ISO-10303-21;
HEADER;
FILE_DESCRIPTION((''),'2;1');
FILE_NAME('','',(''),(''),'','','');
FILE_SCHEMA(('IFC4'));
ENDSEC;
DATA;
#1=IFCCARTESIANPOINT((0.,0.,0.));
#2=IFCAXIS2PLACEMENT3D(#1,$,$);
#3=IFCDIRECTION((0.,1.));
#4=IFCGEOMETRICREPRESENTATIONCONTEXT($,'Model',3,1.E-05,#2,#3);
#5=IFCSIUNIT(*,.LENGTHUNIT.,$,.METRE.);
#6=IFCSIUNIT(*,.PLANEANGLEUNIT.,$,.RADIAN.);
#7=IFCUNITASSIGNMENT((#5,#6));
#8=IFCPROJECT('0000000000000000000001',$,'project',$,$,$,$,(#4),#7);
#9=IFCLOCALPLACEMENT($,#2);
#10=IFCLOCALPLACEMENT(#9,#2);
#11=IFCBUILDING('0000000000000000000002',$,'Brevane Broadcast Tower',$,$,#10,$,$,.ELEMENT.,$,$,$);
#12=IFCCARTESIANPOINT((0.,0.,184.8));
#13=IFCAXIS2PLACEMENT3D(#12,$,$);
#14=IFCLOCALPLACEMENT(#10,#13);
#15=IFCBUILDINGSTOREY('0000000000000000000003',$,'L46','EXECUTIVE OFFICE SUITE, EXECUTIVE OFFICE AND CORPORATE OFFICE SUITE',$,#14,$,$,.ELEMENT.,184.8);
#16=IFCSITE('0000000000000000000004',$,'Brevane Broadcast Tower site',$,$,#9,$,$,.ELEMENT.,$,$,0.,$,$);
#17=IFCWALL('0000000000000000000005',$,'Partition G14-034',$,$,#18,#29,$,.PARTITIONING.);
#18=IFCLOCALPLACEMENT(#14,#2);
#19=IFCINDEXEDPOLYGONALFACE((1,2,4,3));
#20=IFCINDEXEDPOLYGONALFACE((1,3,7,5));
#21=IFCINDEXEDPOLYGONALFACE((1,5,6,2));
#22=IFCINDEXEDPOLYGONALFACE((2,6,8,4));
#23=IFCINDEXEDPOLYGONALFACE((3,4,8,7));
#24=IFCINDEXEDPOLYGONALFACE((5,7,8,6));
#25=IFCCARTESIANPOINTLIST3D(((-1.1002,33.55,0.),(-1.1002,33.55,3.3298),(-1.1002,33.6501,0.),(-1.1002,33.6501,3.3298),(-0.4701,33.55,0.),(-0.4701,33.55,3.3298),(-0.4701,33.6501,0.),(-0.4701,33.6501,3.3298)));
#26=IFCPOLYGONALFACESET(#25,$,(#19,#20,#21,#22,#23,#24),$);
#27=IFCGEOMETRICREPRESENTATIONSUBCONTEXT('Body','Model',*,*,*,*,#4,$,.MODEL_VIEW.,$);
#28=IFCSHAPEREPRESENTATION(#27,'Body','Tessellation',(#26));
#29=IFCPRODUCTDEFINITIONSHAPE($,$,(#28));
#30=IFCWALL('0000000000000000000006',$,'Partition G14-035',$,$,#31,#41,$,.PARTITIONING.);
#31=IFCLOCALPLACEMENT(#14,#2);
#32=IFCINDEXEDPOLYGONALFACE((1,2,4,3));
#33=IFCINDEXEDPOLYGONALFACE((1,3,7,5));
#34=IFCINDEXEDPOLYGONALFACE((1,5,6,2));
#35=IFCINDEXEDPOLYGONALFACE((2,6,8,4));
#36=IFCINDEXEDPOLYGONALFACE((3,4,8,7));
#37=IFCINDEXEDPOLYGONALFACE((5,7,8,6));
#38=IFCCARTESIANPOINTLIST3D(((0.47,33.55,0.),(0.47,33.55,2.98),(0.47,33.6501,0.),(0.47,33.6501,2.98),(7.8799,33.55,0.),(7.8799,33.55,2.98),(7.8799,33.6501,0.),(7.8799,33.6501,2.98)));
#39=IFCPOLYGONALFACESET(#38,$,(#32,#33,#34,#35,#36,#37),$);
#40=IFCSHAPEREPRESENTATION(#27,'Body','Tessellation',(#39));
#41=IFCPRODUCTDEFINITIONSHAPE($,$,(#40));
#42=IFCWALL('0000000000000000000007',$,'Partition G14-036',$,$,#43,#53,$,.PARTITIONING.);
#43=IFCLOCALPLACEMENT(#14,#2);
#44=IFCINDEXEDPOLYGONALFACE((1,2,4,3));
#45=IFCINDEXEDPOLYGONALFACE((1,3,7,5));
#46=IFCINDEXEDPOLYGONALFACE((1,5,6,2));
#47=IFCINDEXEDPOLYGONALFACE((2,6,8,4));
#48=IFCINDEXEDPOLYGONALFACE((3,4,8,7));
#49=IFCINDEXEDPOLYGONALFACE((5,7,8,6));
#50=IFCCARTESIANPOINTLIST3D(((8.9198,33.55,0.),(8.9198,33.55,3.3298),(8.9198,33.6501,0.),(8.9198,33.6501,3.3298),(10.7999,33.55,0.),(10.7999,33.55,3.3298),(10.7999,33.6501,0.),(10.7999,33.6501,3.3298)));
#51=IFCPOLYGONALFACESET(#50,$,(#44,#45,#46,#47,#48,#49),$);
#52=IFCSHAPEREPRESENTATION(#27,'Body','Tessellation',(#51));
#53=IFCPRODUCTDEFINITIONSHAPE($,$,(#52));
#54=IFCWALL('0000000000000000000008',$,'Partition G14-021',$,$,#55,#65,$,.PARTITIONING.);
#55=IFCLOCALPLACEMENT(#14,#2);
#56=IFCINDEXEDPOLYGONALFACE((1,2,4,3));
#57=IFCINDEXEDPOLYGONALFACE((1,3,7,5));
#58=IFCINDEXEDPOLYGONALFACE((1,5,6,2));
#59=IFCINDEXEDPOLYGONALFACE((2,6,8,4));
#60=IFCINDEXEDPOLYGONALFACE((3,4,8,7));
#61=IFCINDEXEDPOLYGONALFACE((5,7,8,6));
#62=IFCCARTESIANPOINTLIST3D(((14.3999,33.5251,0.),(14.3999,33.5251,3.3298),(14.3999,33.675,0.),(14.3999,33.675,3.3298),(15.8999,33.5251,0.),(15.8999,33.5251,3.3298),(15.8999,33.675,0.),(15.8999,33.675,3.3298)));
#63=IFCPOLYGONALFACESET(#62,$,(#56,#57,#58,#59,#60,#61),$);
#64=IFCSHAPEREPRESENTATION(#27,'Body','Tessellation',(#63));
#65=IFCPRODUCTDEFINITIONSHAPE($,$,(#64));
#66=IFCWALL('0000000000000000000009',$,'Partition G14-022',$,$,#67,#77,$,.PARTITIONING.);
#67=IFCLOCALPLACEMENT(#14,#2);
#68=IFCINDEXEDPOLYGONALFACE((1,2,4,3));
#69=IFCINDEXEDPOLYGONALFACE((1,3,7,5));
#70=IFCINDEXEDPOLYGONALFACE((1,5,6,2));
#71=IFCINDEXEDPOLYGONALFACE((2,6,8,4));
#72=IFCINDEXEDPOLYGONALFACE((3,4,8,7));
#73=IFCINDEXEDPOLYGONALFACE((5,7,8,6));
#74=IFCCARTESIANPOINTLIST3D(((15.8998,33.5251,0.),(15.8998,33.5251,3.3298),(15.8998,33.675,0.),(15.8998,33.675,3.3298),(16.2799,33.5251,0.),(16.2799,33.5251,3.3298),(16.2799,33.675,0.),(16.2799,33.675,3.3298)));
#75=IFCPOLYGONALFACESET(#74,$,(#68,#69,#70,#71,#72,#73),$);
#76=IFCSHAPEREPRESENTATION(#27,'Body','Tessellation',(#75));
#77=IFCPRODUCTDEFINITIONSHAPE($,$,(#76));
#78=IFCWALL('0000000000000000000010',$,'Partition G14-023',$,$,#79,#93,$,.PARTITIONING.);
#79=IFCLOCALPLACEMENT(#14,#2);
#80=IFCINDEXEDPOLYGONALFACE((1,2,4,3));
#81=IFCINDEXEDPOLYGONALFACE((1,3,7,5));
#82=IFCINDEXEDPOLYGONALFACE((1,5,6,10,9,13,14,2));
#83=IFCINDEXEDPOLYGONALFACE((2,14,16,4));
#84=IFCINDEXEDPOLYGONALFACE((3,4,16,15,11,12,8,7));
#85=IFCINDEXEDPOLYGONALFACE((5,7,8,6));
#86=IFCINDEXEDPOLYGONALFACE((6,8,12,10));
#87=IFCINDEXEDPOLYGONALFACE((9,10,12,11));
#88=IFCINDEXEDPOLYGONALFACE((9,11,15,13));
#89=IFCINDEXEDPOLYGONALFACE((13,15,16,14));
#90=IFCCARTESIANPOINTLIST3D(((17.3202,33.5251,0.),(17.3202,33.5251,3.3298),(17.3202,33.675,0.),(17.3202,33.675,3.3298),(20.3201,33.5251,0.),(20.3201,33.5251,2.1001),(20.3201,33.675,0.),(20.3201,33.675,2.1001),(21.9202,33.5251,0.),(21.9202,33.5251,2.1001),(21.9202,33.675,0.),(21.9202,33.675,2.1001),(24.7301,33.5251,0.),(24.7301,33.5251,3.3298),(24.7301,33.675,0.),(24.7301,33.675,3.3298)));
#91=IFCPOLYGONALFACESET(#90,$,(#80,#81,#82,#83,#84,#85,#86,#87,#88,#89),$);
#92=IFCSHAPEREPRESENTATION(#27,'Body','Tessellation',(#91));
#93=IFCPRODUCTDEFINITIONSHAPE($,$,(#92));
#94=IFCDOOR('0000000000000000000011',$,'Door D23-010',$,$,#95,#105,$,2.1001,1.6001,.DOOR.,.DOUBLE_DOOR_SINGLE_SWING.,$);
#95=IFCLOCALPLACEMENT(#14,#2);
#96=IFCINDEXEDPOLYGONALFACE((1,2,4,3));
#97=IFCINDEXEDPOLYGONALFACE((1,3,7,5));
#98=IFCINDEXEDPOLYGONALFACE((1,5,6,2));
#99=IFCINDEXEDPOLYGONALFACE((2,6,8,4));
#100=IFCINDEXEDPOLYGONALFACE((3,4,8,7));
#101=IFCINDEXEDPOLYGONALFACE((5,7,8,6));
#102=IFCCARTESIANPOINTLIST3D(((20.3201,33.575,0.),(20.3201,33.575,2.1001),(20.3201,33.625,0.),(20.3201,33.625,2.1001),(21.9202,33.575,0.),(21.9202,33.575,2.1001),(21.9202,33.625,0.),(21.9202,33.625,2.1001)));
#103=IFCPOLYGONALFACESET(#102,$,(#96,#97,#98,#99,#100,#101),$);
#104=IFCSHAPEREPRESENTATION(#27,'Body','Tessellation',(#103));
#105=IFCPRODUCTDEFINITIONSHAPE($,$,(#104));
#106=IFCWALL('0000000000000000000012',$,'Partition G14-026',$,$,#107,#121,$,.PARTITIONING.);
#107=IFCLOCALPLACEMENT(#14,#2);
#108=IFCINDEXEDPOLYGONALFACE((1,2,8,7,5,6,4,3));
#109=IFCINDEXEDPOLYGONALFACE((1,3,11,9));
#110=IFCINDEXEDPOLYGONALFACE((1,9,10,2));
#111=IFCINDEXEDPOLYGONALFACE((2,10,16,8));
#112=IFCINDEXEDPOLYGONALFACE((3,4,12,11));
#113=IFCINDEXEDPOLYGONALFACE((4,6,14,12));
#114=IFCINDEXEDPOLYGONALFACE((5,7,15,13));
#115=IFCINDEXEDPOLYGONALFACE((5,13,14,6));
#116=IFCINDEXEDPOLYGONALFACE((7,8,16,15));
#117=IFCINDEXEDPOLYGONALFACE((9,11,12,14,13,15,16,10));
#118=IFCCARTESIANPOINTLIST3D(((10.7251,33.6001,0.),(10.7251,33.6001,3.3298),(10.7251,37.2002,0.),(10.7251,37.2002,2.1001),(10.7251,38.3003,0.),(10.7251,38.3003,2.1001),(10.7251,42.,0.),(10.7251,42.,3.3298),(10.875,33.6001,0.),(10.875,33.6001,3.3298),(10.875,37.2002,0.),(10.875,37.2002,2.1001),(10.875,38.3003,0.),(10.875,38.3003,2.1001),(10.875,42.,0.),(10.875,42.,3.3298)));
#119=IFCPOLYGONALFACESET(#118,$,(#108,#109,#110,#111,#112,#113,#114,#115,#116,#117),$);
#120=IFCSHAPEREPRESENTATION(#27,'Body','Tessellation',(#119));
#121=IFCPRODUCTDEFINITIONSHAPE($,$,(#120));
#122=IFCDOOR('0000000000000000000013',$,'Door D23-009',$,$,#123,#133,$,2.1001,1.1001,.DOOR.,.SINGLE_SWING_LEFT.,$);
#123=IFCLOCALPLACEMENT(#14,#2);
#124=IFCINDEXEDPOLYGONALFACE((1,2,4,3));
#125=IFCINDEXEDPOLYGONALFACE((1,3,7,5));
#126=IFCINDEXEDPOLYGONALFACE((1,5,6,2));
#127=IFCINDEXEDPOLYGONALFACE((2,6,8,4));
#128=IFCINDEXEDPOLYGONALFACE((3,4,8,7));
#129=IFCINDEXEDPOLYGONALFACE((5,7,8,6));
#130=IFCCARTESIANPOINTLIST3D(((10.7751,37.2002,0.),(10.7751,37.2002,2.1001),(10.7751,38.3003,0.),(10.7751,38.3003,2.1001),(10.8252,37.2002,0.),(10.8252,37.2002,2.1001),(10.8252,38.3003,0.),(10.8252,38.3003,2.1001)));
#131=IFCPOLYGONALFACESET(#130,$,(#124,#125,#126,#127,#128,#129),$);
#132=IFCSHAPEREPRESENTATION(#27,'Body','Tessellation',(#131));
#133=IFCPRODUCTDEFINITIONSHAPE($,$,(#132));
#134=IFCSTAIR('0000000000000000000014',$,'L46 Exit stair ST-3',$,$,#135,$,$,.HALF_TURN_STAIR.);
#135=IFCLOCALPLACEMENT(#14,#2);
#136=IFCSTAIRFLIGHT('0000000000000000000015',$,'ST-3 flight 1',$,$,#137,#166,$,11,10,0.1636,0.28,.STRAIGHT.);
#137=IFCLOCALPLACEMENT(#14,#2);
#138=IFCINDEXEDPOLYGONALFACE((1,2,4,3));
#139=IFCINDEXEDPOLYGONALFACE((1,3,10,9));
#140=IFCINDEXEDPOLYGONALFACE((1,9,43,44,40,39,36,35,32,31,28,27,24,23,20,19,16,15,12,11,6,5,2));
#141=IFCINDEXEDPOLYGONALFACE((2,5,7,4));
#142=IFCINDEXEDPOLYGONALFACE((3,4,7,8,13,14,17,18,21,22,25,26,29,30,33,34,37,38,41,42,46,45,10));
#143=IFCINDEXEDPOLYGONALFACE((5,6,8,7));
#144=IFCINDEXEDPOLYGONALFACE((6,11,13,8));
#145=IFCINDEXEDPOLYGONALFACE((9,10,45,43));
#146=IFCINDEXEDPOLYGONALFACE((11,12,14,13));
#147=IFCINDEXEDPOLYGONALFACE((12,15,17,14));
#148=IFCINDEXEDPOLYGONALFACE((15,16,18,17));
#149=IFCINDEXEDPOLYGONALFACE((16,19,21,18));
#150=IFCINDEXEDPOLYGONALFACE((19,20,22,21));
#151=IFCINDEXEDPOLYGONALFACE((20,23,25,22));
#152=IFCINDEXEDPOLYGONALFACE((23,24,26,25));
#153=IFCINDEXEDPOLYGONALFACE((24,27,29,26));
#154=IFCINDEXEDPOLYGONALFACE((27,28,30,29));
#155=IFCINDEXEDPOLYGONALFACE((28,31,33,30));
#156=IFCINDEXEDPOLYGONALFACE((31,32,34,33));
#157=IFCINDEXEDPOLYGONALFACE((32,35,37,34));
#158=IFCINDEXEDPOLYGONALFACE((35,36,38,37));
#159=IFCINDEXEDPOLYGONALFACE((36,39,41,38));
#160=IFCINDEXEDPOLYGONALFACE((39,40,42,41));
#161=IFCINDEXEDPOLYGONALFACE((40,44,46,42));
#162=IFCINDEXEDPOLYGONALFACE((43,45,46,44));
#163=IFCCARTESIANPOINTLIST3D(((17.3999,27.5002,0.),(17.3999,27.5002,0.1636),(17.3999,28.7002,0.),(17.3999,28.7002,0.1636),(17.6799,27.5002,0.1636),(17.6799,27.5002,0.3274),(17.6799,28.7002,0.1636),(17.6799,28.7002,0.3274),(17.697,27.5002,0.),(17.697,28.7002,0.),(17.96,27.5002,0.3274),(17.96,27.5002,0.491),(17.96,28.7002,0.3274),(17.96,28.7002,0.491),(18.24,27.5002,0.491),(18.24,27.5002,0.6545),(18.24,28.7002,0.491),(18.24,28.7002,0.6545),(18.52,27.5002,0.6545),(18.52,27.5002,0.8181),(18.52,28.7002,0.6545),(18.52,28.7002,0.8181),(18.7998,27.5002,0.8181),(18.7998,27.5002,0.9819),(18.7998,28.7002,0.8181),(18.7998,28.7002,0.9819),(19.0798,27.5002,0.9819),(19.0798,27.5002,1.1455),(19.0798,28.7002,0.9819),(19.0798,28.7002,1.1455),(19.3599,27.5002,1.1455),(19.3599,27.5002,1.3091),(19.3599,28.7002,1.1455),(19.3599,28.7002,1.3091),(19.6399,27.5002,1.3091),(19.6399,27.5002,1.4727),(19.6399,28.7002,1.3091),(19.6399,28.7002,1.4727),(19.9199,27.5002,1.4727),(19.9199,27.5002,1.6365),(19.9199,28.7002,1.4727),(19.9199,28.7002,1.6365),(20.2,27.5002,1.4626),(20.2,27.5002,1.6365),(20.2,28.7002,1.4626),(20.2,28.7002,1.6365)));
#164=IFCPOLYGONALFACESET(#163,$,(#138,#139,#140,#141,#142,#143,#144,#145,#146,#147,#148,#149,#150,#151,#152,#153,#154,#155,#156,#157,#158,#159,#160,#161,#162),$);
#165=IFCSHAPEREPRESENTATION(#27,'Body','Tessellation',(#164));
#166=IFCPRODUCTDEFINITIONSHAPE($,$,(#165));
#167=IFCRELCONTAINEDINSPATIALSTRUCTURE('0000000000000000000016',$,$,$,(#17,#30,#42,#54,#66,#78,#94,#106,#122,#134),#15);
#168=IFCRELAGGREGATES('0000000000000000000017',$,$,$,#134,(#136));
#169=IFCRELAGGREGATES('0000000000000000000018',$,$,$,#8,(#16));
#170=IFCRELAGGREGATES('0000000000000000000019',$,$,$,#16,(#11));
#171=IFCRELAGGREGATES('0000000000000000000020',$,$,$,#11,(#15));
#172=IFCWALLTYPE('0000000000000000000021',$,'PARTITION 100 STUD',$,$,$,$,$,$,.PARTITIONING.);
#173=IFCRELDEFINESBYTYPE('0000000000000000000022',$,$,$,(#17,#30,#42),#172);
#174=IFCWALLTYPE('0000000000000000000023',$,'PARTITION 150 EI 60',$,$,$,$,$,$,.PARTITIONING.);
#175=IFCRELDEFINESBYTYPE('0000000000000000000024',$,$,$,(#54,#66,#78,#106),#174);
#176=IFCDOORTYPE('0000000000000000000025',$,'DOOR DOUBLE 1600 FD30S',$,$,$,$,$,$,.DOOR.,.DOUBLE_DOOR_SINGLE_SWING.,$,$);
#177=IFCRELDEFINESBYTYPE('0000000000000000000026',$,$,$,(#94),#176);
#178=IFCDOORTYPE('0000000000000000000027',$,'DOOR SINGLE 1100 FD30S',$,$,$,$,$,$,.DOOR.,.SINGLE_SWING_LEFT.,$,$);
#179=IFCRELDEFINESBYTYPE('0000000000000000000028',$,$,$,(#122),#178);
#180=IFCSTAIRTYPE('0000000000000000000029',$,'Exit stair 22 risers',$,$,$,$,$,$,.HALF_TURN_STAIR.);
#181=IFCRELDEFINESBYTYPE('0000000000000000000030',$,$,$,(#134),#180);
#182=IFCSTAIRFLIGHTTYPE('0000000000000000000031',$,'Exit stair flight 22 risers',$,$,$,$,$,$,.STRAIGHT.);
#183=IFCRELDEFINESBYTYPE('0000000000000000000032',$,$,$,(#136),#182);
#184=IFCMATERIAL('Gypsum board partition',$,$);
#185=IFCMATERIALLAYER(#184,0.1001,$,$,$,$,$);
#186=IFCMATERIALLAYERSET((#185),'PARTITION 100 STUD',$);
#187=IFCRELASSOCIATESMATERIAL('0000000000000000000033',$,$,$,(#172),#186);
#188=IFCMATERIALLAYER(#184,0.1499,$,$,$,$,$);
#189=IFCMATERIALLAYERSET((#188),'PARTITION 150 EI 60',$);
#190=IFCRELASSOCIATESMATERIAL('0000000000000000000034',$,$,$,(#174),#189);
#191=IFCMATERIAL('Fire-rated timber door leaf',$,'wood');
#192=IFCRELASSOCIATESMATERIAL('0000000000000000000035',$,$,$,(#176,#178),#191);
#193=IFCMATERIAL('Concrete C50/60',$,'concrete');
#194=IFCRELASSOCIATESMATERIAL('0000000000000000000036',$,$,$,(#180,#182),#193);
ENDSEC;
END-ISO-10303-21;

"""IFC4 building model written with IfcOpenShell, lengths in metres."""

from ifc_helpers import new_model, si_unit, direction, frame, frame_2d, origin, place, context, subcontext, project, spatial, polyline, rectangle, outline, extrude, material, layer, layer_set, type_object, element, fill, aggregate, save


model = new_model("IFC4")

# Units and contexts
model_context = context("Model", 3, precision=1e-05, world=origin(), true_north=direction((0.0, 1.0)))
body_context = subcontext(model_context, "Body", "Model", "MODEL_VIEW")
ifc_project = project(units=[si_unit("LENGTHUNIT", "METRE"), si_unit("PLANEANGLEUNIT", "RADIAN")], contexts=[model_context])

# Site, building, storey
site_placement = place(None, origin())
site = spatial("IfcSite", under=ifc_project, at=site_placement, Name="Brevane Broadcast Tower site", CompositionType="ELEMENT", RefElevation=0.0)
building_placement = place(site_placement, origin())
building = spatial("IfcBuilding", under=site, at=building_placement, Name="Brevane Broadcast Tower", CompositionType="ELEMENT")
storey_placement = place(building_placement, frame((0.0, 0.0, 184.8)))
storey = spatial("IfcBuildingStorey", under=building, at=storey_placement, Name="L46", Description="EXECUTIVE OFFICE SUITE, EXECUTIVE OFFICE AND CORPORATE OFFICE SUITE", CompositionType="ELEMENT", Elevation=184.8)

# Walls
ifc_material_1 = material(Name="Gypsum board partition")
ifc_layer_1 = layer(ifc_material_1, 0.1001)
ifc_layer_set_1 = layer_set([ifc_layer_1], Name="PARTITION 100 STUD")
wall_type_1 = type_object("IfcWallType", Name="PARTITION 100 STUD", PredefinedType="PARTITIONING", material=ifc_layer_set_1)
wall_1_placement = place(storey_placement, frame((-1.1001, 33.6001, 0.0), z_axis=(0.0, 0.0, 1.0), x_axis=(1.0, 0.0, 0.0)))
element("IfcWall", 1, at=wall_1_placement, inside=storey, type_object=wall_type_1, Name="Partition G14-034", PredefinedType="PARTITIONING", context=body_context, shape_type="SweptSolid", body=[
    extrude(rectangle(XDim=0.6301, YDim=0.1001, at=frame_2d((0.3149, 0.0))), origin(), (0.0, 0.0, 1.0), 3.3298),
])
wall_2_placement = place(storey_placement, frame((0.47, 33.6001, 0.0), z_axis=(0.0, 0.0, 1.0), x_axis=(1.0, 0.0, 0.0)))
element("IfcWall", 2, at=wall_2_placement, inside=storey, type_object=wall_type_1, Name="Partition G14-035", PredefinedType="PARTITIONING", context=body_context, shape_type="SweptSolid", body=[
    extrude(outline(polyline([(0.0, 0.0), (7.4099, 0.0), (7.4099, 2.98), (0.0, 2.98), (0.0, 0.0)])), frame((0.0, 0.05, 0.0), z_axis=(0.0, -1.0, 0.0), x_axis=(1.0, 0.0, 0.0)), (0.0, 0.0, 1.0), 0.1001),
])
wall_3_placement = place(storey_placement, frame((8.9199, 33.6001, 0.0), z_axis=(0.0, 0.0, 1.0), x_axis=(1.0, 0.0, 0.0)))
element("IfcWall", 3, at=wall_3_placement, inside=storey, type_object=wall_type_1, Name="Partition G14-036", PredefinedType="PARTITIONING", context=body_context, shape_type="SweptSolid", body=[
    extrude(rectangle(XDim=1.8801, YDim=0.1001, at=frame_2d((0.9399, 0.0))), origin(), (0.0, 0.0, 1.0), 3.3298),
])
ifc_layer_2 = layer(ifc_material_1, 0.1499)
ifc_layer_set_2 = layer_set([ifc_layer_2], Name="PARTITION 150 EI 60")
wall_type_2 = type_object("IfcWallType", Name="PARTITION 150 EI 60", PredefinedType="PARTITIONING", material=ifc_layer_set_2)
wall_4_placement = place(storey_placement, frame((14.3999, 33.6001, 0.0), z_axis=(0.0, 0.0, 1.0), x_axis=(1.0, 0.0, 0.0)))
element("IfcWall", 4, at=wall_4_placement, inside=storey, type_object=wall_type_2, Name="Partition G14-021", PredefinedType="PARTITIONING", context=body_context, shape_type="SweptSolid", body=[
    extrude(rectangle(XDim=1.5, YDim=0.1499, at=frame_2d((0.75, 0.0))), origin(), (0.0, 0.0, 1.0), 3.3298),
])
wall_5_placement = place(storey_placement, frame((15.8999, 33.6001, 0.0), z_axis=(0.0, 0.0, 1.0), x_axis=(1.0, 0.0, 0.0)))
element("IfcWall", 5, at=wall_5_placement, inside=storey, type_object=wall_type_2, Name="Partition G14-022", PredefinedType="PARTITIONING", context=body_context, shape_type="SweptSolid", body=[
    extrude(rectangle(XDim=0.3801, YDim=0.1499, at=frame_2d((0.1899, 0.0))), origin(), (0.0, 0.0, 1.0), 3.3298),
])

# Walls, openings, doors
wall_6_placement = place(storey_placement, frame((17.3201, 33.6001, 0.0), z_axis=(0.0, 0.0, 1.0), x_axis=(1.0, 0.0, 0.0)))
wall_6 = element("IfcWall", 6, at=wall_6_placement, inside=storey, type_object=wall_type_2, Name="Partition G14-023", PredefinedType="PARTITIONING", context=body_context, shape_type="SweptSolid", body=[
    extrude(rectangle(XDim=7.4099, YDim=0.1499, at=frame_2d((3.7051, 0.0))), origin(), (0.0, 0.0, 1.0), 3.3298),
])
opening_1_placement = place(wall_6_placement, frame((3.0, 0.0, 0.0)))
opening_1 = element("IfcOpeningElement", 7, at=opening_1_placement, cuts=wall_6, PredefinedType="OPENING", context=body_context, shape_type="SweptSolid", body=[
    extrude(rectangle(XDim=1.6001, YDim=2.1001, at=frame_2d((0.8, 1.05))), frame((0.0, 0.085, 0.0), z_axis=(0.0, -1.0, 0.0), x_axis=(1.0, 0.0, 0.0)), (0.0, 0.0, 1.0), 0.1699),
])
ifc_material_2 = material(Name="Fire-rated timber door leaf", Category="wood")
door_type_1 = type_object("IfcDoorType", Name="DOOR DOUBLE 1600 FD30S", OperationType="DOUBLE_DOOR_SINGLE_SWING", PredefinedType="DOOR", material=ifc_material_2)
door_1_placement = place(opening_1_placement, origin())
door_1 = element("IfcDoor", 8, at=door_1_placement, inside=storey, type_object=door_type_1, Name="Door D23-010", OperationType="DOUBLE_DOOR_SINGLE_SWING", OverallHeight=2.1001, OverallWidth=1.6001, PredefinedType="DOOR", context=body_context, shape_type="SweptSolid", body=[
    extrude(rectangle(XDim=1.6001, YDim=2.1001, at=frame_2d((0.8, 1.05))), frame((0.0, 0.0249, 0.0), z_axis=(0.0, -1.0, 0.0), x_axis=(1.0, 0.0, 0.0)), (0.0, 0.0, 1.0), 0.05),
])
fill(opening_1, door_1)
wall_7_placement = place(storey_placement, frame((10.8, 33.6001, 0.0), z_axis=(0.0, 0.0, 1.0), x_axis=(0.0, 1.0, 0.0)))
wall_7 = element("IfcWall", 9, at=wall_7_placement, inside=storey, type_object=wall_type_2, Name="Partition G14-026", PredefinedType="PARTITIONING", context=body_context, shape_type="SweptSolid", body=[
    extrude(rectangle(XDim=8.3999, YDim=0.1499, at=frame_2d((4.2, 0.0))), origin(), (0.0, 0.0, 1.0), 3.3298),
])
opening_2_placement = place(wall_7_placement, frame((3.6001, 0.0, 0.0)))
opening_2 = element("IfcOpeningElement", 10, at=opening_2_placement, cuts=wall_7, PredefinedType="OPENING", context=body_context, shape_type="SweptSolid", body=[
    extrude(rectangle(XDim=1.1001, YDim=2.1001, at=frame_2d((0.55, 1.05))), frame((0.0, 0.085, 0.0), z_axis=(0.0, -1.0, 0.0), x_axis=(1.0, 0.0, 0.0)), (0.0, 0.0, 1.0), 0.1699),
])
door_type_2 = type_object("IfcDoorType", Name="DOOR SINGLE 1100 FD30S", OperationType="SINGLE_SWING_LEFT", PredefinedType="DOOR", material=ifc_material_2)
door_2_placement = place(opening_2_placement, origin())
door_2 = element("IfcDoor", 11, at=door_2_placement, inside=storey, type_object=door_type_2, Name="Door D23-009", OperationType="SINGLE_SWING_LEFT", OverallHeight=2.1001, OverallWidth=1.1001, PredefinedType="DOOR", context=body_context, shape_type="SweptSolid", body=[
    extrude(rectangle(XDim=1.1001, YDim=2.1001, at=frame_2d((0.55, 1.05))), frame((0.0, 0.0249, 0.0), z_axis=(0.0, -1.0, 0.0), x_axis=(1.0, 0.0, 0.0)), (0.0, 0.0, 1.0), 0.05),
])
fill(opening_2, door_2)

# Stair, stair flight
ifc_material_3 = material(Name="Concrete C50/60", Category="concrete")
stair_type = type_object("IfcStairType", Name="Exit stair 22 risers", PredefinedType="HALF_TURN_STAIR", material=ifc_material_3)
stair_placement = place(storey_placement, origin())
stair = element("IfcStair", 12, at=stair_placement, inside=storey, type_object=stair_type, Name="L46 Exit stair ST-3", PredefinedType="HALF_TURN_STAIR")
stair_flight_type = type_object("IfcStairFlightType", Name="Exit stair flight 22 risers", PredefinedType="STRAIGHT", material=ifc_material_3)
stair_flight_1_placement = place(storey_placement, frame((17.3999, 28.1001, 0.0), z_axis=(0.0, 0.0, 1.0), x_axis=(1.0, 0.0, 0.0)))
stair_flight_1 = element("IfcStairFlight", 13, at=stair_flight_1_placement, type_object=stair_flight_type, Name="ST-3 flight 1", NumberOfRisers=11, NumberOfTreads=10, PredefinedType="STRAIGHT", RiserHeight=0.1636, TreadLength=0.28, context=body_context, shape_type="SweptSolid", body=[
    extrude(outline(polyline([(0.0, 0.0), (0.0, 0.1636), (0.28, 0.1636), (0.28, 0.3274), (0.5601, 0.3274), (0.5601, 0.491), (0.8401, 0.491), (0.8401, 0.6545), (1.1201, 0.6545), (1.1201, 0.8181), (1.3999, 0.8181), (1.3999, 0.9819), (1.6799, 0.9819), (1.6799, 1.1455), (1.96, 1.1455), (1.96, 1.3091), (2.24, 1.3091), (2.24, 1.4727), (2.52, 1.4727), (2.52, 1.6365), (2.8, 1.6365), (2.8, 1.8), (2.8, 1.4626), (0.2971, 0.0), (0.0, 0.0)])), frame((0.0, 0.6001, 0.0), z_axis=(0.0, -1.0, 0.0), x_axis=(1.0, 0.0, 0.0)), (0.0, 0.0, 1.0), 1.2),
])
aggregate(stair, [stair_flight_1])

save(model, "model.ifc")
